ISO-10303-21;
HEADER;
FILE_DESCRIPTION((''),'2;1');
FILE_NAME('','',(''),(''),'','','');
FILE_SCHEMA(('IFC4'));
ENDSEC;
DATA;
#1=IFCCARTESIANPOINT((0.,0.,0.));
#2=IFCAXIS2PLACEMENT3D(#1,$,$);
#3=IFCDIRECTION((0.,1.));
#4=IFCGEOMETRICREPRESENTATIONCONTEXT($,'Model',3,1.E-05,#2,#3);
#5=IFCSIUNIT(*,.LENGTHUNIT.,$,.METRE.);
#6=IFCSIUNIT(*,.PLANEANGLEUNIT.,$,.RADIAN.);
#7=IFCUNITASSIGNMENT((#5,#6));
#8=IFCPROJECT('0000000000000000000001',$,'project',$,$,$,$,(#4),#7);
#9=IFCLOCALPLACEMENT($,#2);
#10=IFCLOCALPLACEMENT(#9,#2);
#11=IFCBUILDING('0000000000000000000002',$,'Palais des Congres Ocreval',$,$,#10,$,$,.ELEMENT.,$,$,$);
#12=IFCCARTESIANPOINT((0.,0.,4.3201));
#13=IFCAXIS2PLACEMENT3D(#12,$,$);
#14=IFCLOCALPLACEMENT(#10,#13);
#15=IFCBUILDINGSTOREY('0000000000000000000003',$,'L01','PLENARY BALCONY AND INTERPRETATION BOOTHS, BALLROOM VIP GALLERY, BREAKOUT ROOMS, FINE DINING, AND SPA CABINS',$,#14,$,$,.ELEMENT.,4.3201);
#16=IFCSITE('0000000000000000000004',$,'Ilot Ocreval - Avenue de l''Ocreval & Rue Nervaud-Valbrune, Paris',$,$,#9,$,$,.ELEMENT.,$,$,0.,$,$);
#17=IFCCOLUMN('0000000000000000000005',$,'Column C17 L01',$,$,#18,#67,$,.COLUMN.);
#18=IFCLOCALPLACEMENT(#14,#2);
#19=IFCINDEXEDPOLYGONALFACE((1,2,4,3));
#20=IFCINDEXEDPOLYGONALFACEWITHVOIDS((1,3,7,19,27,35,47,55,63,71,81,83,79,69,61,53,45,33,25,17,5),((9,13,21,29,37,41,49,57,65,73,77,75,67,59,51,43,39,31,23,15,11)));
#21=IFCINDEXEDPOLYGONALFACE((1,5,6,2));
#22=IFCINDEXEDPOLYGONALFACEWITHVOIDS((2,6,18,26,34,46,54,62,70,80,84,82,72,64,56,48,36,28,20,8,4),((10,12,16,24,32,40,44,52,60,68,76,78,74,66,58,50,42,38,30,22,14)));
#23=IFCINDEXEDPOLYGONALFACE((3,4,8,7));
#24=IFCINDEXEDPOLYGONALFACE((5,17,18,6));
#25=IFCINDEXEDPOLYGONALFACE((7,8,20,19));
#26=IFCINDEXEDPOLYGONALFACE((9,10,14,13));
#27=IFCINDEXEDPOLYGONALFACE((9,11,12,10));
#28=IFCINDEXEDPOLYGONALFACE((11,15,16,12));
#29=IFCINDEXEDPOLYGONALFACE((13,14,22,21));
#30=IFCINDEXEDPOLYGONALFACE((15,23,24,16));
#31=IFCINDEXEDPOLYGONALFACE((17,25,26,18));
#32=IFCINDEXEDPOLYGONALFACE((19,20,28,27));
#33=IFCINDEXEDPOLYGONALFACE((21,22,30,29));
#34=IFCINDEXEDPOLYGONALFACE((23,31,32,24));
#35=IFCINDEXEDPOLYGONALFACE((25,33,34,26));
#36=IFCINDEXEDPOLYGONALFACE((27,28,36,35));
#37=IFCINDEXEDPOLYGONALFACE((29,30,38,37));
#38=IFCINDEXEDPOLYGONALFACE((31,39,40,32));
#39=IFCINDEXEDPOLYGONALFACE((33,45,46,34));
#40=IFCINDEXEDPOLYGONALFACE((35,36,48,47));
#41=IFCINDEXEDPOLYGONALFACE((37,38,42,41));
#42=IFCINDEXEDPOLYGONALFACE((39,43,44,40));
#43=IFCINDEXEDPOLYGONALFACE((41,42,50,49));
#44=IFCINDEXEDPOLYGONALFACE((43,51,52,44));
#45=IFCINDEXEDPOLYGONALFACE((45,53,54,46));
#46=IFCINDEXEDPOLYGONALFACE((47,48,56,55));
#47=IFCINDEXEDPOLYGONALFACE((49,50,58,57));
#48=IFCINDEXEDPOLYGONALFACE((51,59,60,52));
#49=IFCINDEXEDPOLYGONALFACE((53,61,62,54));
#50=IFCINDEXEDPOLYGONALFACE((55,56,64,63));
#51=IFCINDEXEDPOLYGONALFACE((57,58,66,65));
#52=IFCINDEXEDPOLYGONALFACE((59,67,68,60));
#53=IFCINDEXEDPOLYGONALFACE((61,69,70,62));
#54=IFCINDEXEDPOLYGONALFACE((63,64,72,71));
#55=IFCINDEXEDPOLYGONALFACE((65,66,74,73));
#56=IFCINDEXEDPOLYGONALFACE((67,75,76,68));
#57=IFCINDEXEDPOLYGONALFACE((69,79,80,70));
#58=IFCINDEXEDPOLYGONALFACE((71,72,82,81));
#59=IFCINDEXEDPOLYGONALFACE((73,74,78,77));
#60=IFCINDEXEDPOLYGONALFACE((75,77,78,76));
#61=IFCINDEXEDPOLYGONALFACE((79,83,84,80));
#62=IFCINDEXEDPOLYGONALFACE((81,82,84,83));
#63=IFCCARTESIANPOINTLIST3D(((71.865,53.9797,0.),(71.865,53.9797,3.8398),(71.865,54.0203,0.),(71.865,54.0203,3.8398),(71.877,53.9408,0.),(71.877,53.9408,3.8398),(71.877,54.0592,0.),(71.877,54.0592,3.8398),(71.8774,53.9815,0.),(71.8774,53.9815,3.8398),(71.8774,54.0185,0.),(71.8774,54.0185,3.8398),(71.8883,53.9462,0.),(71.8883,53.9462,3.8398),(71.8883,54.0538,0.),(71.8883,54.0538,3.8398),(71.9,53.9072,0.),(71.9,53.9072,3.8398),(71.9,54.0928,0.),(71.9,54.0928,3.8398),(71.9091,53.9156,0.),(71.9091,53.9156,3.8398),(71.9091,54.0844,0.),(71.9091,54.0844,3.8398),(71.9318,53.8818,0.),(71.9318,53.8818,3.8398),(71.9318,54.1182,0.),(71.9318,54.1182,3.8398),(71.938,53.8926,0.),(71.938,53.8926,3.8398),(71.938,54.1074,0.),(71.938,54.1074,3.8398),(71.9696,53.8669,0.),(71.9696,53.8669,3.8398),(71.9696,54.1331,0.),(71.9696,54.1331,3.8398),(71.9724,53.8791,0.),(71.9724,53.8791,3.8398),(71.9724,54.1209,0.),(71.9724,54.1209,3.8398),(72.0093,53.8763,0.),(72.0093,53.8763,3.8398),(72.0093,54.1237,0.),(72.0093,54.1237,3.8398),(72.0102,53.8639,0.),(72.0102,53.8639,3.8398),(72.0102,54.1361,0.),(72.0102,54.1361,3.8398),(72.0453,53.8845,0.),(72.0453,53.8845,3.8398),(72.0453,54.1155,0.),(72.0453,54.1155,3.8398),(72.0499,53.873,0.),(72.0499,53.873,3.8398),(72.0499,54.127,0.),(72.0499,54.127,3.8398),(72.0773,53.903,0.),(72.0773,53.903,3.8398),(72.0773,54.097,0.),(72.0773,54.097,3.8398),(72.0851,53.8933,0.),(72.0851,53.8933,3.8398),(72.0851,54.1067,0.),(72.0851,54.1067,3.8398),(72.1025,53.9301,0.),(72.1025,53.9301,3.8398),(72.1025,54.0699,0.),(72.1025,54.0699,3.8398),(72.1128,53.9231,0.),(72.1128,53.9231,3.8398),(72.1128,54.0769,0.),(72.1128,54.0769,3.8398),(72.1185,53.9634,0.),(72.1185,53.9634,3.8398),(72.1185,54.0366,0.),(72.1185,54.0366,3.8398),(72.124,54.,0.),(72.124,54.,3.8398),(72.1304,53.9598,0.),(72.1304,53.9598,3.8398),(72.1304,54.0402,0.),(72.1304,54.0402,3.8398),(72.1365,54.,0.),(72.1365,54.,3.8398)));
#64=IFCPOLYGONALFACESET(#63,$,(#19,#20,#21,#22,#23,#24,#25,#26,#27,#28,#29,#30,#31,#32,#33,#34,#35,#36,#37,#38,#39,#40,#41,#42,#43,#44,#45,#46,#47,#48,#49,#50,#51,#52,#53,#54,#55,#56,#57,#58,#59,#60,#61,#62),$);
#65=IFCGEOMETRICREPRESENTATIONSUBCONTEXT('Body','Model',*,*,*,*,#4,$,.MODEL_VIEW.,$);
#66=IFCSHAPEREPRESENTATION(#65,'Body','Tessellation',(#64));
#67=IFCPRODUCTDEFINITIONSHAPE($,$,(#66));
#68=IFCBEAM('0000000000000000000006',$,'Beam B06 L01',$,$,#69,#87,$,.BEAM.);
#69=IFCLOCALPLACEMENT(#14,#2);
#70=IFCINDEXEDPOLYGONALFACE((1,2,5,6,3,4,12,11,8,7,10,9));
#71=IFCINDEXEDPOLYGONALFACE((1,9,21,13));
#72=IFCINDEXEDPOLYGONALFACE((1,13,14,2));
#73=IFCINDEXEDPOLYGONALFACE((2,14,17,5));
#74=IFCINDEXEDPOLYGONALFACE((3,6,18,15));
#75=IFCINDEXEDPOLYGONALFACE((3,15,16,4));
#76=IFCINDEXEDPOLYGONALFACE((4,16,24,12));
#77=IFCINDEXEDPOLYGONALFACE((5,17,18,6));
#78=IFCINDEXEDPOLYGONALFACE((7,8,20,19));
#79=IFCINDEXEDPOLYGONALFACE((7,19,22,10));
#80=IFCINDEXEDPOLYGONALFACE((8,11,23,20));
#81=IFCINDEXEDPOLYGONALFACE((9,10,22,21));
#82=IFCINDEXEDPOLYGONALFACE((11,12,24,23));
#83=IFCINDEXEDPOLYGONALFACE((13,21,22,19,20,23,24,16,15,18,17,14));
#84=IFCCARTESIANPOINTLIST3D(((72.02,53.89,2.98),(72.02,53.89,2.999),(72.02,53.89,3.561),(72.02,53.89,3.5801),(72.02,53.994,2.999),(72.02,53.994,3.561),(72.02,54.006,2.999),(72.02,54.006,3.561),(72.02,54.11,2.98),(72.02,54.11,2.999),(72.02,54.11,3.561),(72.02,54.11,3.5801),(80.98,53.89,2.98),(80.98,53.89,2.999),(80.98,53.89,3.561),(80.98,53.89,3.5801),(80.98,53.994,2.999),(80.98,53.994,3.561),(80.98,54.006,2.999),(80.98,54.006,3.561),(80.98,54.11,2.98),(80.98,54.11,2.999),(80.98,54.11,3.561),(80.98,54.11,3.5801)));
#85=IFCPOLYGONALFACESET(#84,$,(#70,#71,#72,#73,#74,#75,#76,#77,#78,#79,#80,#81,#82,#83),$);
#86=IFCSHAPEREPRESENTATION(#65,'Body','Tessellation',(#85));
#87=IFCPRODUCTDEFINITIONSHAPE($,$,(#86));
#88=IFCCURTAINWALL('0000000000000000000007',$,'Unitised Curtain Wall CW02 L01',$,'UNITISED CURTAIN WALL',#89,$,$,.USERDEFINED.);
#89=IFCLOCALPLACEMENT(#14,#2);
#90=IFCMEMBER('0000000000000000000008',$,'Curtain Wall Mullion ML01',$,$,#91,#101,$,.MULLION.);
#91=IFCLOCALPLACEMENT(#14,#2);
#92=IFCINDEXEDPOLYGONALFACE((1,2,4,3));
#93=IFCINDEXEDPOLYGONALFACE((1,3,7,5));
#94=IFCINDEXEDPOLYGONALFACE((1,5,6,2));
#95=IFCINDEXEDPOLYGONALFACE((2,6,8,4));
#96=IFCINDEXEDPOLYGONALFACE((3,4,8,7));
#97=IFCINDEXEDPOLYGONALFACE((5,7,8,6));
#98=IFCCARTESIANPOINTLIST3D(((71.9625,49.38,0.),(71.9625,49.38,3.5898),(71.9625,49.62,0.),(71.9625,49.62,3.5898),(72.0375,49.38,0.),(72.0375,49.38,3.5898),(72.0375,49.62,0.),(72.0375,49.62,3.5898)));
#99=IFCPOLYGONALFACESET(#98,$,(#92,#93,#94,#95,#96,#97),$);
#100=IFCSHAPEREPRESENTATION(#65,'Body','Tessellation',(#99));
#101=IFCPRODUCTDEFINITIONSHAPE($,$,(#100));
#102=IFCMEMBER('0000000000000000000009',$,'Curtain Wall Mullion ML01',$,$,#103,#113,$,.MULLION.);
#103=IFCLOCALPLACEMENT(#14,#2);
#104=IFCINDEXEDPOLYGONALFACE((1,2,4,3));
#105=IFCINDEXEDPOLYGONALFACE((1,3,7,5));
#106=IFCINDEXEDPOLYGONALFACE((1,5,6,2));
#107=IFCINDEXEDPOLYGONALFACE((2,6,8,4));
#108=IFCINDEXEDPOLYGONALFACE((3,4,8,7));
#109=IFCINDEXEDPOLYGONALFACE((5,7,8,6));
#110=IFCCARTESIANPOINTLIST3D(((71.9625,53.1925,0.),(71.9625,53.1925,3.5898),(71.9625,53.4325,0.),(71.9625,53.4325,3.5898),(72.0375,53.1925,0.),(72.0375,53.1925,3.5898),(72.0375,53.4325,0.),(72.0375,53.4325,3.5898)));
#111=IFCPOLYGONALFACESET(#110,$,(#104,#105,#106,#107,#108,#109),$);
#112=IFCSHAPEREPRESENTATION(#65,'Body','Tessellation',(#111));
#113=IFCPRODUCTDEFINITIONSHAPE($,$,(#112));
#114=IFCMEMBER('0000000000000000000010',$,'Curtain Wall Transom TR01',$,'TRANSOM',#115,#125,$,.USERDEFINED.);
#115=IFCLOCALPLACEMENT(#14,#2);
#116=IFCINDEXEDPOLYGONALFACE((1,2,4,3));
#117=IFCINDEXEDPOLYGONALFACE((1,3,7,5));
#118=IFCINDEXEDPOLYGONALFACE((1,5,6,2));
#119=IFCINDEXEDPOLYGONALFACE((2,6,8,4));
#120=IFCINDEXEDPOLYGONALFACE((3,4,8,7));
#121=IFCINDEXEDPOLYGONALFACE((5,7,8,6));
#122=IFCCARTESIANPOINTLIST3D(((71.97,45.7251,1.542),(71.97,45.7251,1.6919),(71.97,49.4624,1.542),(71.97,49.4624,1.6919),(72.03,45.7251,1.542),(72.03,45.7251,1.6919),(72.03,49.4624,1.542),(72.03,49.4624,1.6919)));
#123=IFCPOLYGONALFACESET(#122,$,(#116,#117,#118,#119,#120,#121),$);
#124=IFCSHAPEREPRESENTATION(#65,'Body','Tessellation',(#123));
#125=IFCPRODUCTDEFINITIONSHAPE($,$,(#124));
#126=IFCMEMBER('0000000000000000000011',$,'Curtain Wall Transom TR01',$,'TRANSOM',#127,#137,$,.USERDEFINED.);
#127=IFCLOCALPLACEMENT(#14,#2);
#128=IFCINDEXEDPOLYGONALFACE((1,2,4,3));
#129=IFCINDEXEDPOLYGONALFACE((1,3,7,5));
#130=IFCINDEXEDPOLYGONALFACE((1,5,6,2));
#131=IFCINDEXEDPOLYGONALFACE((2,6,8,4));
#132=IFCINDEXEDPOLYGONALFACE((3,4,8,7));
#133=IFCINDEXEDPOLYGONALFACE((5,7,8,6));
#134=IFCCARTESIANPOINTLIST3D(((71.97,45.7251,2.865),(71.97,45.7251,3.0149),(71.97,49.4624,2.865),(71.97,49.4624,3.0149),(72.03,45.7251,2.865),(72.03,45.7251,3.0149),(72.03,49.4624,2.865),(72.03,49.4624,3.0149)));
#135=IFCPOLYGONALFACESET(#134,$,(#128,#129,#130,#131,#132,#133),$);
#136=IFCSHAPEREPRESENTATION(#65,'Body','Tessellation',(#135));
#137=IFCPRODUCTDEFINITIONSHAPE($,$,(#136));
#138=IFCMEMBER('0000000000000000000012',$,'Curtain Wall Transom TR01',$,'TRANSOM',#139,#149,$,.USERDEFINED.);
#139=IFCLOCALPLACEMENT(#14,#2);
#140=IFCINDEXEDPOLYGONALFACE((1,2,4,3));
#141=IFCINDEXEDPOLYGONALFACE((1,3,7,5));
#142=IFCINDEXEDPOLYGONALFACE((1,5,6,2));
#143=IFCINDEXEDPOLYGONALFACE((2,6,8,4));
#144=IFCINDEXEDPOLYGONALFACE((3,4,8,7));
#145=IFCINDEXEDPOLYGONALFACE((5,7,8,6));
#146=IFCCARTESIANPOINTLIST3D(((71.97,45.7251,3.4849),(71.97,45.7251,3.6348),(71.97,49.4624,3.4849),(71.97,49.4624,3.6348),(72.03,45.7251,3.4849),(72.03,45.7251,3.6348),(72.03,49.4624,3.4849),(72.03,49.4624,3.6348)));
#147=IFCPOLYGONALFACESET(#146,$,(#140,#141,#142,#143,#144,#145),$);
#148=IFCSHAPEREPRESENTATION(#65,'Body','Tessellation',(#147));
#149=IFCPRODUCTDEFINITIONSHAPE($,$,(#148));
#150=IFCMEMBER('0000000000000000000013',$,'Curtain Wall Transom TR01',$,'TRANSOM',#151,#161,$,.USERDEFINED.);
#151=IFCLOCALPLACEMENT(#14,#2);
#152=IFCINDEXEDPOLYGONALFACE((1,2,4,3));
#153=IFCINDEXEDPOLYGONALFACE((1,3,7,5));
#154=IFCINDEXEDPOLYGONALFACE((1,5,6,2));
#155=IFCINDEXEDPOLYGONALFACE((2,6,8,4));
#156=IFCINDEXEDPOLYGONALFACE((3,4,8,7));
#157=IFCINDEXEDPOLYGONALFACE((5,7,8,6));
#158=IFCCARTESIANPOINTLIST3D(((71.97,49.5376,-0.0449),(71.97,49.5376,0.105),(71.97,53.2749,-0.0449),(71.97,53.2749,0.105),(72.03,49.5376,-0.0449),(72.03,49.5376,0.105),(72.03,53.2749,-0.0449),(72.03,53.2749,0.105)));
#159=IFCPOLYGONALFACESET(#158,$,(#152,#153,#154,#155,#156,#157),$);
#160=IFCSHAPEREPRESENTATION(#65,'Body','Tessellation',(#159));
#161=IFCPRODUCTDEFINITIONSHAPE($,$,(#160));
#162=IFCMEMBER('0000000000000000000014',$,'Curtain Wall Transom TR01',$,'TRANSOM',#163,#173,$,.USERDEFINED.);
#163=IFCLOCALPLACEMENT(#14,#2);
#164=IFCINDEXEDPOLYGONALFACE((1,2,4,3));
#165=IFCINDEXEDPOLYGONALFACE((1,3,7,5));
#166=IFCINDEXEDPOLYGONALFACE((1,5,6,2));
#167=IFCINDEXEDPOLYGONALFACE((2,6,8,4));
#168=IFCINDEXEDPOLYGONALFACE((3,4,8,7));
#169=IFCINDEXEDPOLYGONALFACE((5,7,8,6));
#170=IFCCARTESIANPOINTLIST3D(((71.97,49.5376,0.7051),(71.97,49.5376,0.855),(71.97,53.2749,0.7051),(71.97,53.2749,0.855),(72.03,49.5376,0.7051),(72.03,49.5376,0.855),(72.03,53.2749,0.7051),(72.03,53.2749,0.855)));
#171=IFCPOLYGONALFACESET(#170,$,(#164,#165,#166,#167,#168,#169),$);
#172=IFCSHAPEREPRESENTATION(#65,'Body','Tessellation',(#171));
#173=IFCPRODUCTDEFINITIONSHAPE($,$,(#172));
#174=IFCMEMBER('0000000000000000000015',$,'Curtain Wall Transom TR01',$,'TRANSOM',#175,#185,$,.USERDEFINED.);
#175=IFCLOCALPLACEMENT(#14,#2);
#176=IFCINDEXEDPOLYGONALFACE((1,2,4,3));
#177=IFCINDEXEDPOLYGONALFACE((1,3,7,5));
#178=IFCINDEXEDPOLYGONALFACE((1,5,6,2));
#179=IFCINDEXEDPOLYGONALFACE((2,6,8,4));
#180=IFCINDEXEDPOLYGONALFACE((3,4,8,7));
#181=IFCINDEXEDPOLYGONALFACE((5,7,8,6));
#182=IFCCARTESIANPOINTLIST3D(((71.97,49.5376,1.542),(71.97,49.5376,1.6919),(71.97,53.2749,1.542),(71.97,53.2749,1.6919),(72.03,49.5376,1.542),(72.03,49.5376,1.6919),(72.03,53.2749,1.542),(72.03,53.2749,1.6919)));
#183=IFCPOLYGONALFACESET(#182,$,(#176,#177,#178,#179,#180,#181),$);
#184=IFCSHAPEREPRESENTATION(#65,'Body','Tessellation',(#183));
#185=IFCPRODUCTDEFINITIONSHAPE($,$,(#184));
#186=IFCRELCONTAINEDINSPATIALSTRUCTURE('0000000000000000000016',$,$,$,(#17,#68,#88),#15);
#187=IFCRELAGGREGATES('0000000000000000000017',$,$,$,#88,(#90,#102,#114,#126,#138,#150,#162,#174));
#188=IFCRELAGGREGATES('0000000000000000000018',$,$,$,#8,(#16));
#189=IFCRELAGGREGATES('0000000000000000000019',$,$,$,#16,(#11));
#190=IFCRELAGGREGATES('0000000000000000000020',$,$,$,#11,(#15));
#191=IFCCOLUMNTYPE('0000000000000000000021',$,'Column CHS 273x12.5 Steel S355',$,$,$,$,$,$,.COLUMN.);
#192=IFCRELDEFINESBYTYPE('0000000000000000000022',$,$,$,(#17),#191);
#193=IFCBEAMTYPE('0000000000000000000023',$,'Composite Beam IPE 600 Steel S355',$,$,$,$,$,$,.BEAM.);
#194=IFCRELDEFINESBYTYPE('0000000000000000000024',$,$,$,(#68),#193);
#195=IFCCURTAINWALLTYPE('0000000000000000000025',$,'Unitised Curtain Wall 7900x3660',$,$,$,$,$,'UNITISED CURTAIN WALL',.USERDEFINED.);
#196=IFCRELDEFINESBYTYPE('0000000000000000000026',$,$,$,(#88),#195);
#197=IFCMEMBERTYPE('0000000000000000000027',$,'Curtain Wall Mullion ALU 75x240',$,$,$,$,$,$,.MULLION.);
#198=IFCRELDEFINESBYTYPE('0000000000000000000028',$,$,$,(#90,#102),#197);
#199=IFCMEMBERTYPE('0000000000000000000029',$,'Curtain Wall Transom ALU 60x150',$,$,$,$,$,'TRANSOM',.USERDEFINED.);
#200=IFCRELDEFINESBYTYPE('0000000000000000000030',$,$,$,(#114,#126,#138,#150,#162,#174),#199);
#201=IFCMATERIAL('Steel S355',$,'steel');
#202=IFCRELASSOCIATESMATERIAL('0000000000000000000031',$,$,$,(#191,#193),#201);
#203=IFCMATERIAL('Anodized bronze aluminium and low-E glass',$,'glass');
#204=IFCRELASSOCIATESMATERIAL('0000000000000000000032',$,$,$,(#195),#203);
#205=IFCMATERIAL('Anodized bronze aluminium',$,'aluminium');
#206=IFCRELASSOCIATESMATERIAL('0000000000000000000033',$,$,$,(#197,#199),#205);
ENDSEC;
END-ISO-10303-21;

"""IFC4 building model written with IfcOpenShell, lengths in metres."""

from ifc_helpers import new_model, si_unit, direction, frame, origin, origin_2d, place, context, subcontext, project, spatial, rectangle, hollow_circle, i_section, extrude, material, material_profile, profile_set, type_object, element, aggregate, save


model = new_model("IFC4")

# Units and contexts
model_context = context("Model", 3, precision=1e-05, world=origin(), true_north=direction((0.0, 1.0)))
body_context = subcontext(model_context, "Body", "Model", "MODEL_VIEW")
ifc_project = project(units=[si_unit("LENGTHUNIT", "METRE"), si_unit("PLANEANGLEUNIT", "RADIAN")], contexts=[model_context])

# Site, building, storey
site_placement = place(None, origin())
site = spatial("IfcSite", under=ifc_project, at=site_placement, Name="Ilot Ocreval - Avenue de l'Ocreval & Rue Nervaud-Valbrune, Paris", CompositionType="ELEMENT", RefElevation=0.0)
building_placement = place(site_placement, origin())
building = spatial("IfcBuilding", under=site, at=building_placement, Name="Palais des Congres Ocreval", CompositionType="ELEMENT")
storey_placement = place(building_placement, frame((0.0, 0.0, 4.3201)))
storey = spatial("IfcBuildingStorey", under=building, at=storey_placement, Name="L01", Description="PLENARY BALCONY AND INTERPRETATION BOOTHS, BALLROOM VIP GALLERY, BREAKOUT ROOMS, FINE DINING, AND SPA CABINS", CompositionType="ELEMENT", Elevation=4.3201)

# Column
ifc_material_1 = material(Name="Steel S355", Category="steel")
ifc_material_profile_1 = material_profile(ifc_material_1, hollow_circle(Radius=0.1365, WallThickness=0.0125, at=origin_2d()), Name="CHS 273x12.5")
ifc_profile_set_1 = profile_set([ifc_material_profile_1], Name="Steel S355")
column_type = type_object("IfcColumnType", Name="Column CHS 273x12.5 Steel S355", PredefinedType="COLUMN", material=ifc_profile_set_1)
column_placement = place(storey_placement, frame((72.0, 54.0, 0.0), z_axis=(0.0, 0.0, 1.0), x_axis=(1.0, 0.0, 0.0)))
element("IfcColumn", 1, at=column_placement, inside=storey, type_object=column_type, Name="Column C17 L01", PredefinedType="COLUMN", context=body_context, shape_type="SweptSolid", body=[
    extrude(hollow_circle(Radius=0.1365, WallThickness=0.0125, at=origin_2d()), origin(), (0.0, 0.0, 1.0), 3.8398),
])

# Beam
ifc_material_profile_2 = material_profile(ifc_material_1, i_section(OverallWidth=0.22, OverallDepth=0.6001, WebThickness=0.012, FlangeThickness=0.019, at=origin_2d()), Name="IPE 600")
ifc_profile_set_2 = profile_set([ifc_material_profile_2], Name="Steel S355")
beam_type_1 = type_object("IfcBeamType", Name="Composite Beam IPE 600 Steel S355", PredefinedType="BEAM", material=ifc_profile_set_2)
beam_1_placement = place(storey_placement, frame((72.02, 54.0, 3.28), z_axis=(1.0, 0.0, 0.0), x_axis=(0.0, 1.0, 0.0)))
element("IfcBeam", 2, at=beam_1_placement, inside=storey, type_object=beam_type_1, Name="Beam B06 L01", PredefinedType="BEAM", context=body_context, shape_type="SweptSolid", body=[
    extrude(i_section(OverallWidth=0.22, OverallDepth=0.6001, WebThickness=0.012, FlangeThickness=0.019, at=origin_2d()), origin(), (0.0, 0.0, 1.0), 8.96),
])

# Curtain wall, members
ifc_material_2 = material(Name="Anodized bronze aluminium and low-E glass", Category="glass")
curtain_wall_type = type_object("IfcCurtainWallType", Name="Unitised Curtain Wall 7900x3660", ElementType="UNITISED CURTAIN WALL", PredefinedType="USERDEFINED", material=ifc_material_2)
curtain_wall_placement = place(storey_placement, origin())
curtain_wall = element("IfcCurtainWall", 3, at=curtain_wall_placement, inside=storey, type_object=curtain_wall_type, Name="Unitised Curtain Wall CW02 L01", ObjectType="UNITISED CURTAIN WALL", PredefinedType="USERDEFINED")
ifc_material_3 = material(Name="Anodized bronze aluminium", Category="aluminium")
ifc_material_profile_3 = material_profile(ifc_material_3, rectangle(XDim=0.075, YDim=0.24, at=origin_2d()), Name="ALU 75x240")
ifc_profile_set_3 = profile_set([ifc_material_profile_3], Name="Anodized bronze aluminium")
member_type_1 = type_object("IfcMemberType", Name="Curtain Wall Mullion ALU 75x240", PredefinedType="MULLION", material=ifc_profile_set_3)
member_1_placement = place(storey_placement, frame((72.0, 49.5, 0.0), z_axis=(0.0, 0.0, 1.0), x_axis=(-1.0, 0.0, 0.0)))
member_1 = element("IfcMember", 4, at=member_1_placement, type_object=member_type_1, Name="Curtain Wall Mullion ML01", PredefinedType="MULLION", context=body_context, shape_type="SweptSolid", body=[
    extrude(rectangle(XDim=0.075, YDim=0.24, at=origin_2d()), origin(), (0.0, 0.0, 1.0), 3.5898),
])
member_2_placement = place(storey_placement, frame((72.0, 53.3125, 0.0), z_axis=(0.0, 0.0, 1.0), x_axis=(-1.0, 0.0, 0.0)))
member_2 = element("IfcMember", 5, at=member_2_placement, type_object=member_type_1, Name="Curtain Wall Mullion ML01", PredefinedType="MULLION", context=body_context, shape_type="SweptSolid", body=[
    extrude(rectangle(XDim=0.075, YDim=0.24, at=origin_2d()), origin(), (0.0, 0.0, 1.0), 3.5898),
])
ifc_material_profile_4 = material_profile(ifc_material_3, rectangle(XDim=0.0601, YDim=0.1499, at=origin_2d()), Name="ALU 60x150")
ifc_profile_set_4 = profile_set([ifc_material_profile_4], Name="Anodized bronze aluminium")
member_type_2 = type_object("IfcMemberType", Name="Curtain Wall Transom ALU 60x150", ElementType="TRANSOM", PredefinedType="USERDEFINED", material=ifc_profile_set_4)
member_3_placement = place(storey_placement, frame((72.0, 45.7251, 1.6169), z_axis=(0.0, 1.0, 0.0), x_axis=(-1.0, 0.0, 0.0)))
member_3 = element("IfcMember", 6, at=member_3_placement, type_object=member_type_2, Name="Curtain Wall Transom TR01", ObjectType="TRANSOM", PredefinedType="USERDEFINED", context=body_context, shape_type="SweptSolid", body=[
    extrude(rectangle(XDim=0.0601, YDim=0.1499, at=origin_2d()), origin(), (0.0, 0.0, 1.0), 3.7373),
])
member_4_placement = place(storey_placement, frame((72.0, 45.7251, 2.9399), z_axis=(0.0, 1.0, 0.0), x_axis=(-1.0, 0.0, 0.0)))
member_4 = element("IfcMember", 7, at=member_4_placement, type_object=member_type_2, Name="Curtain Wall Transom TR01", ObjectType="TRANSOM", PredefinedType="USERDEFINED", context=body_context, shape_type="SweptSolid", body=[
    extrude(rectangle(XDim=0.0601, YDim=0.1499, at=origin_2d()), origin(), (0.0, 0.0, 1.0), 3.7373),
])
member_5_placement = place(storey_placement, frame((72.0, 45.7251, 3.5598), z_axis=(0.0, 1.0, 0.0), x_axis=(-1.0, 0.0, 0.0)))
member_5 = element("IfcMember", 8, at=member_5_placement, type_object=member_type_2, Name="Curtain Wall Transom TR01", ObjectType="TRANSOM", PredefinedType="USERDEFINED", context=body_context, shape_type="SweptSolid", body=[
    extrude(rectangle(XDim=0.0601, YDim=0.1499, at=origin_2d()), origin(), (0.0, 0.0, 1.0), 3.7373),
])
member_6_placement = place(storey_placement, frame((72.0, 49.5376, 0.03), z_axis=(0.0, 1.0, 0.0), x_axis=(-1.0, 0.0, 0.0)))
member_6 = element("IfcMember", 9, at=member_6_placement, type_object=member_type_2, Name="Curtain Wall Transom TR01", ObjectType="TRANSOM", PredefinedType="USERDEFINED", context=body_context, shape_type="SweptSolid", body=[
    extrude(rectangle(XDim=0.0601, YDim=0.1499, at=origin_2d()), origin(), (0.0, 0.0, 1.0), 3.7373),
])
member_7_placement = place(storey_placement, frame((72.0, 49.5376, 0.78), z_axis=(0.0, 1.0, 0.0), x_axis=(-1.0, 0.0, 0.0)))
member_7 = element("IfcMember", 10, at=member_7_placement, type_object=member_type_2, Name="Curtain Wall Transom TR01", ObjectType="TRANSOM", PredefinedType="USERDEFINED", context=body_context, shape_type="SweptSolid", body=[
    extrude(rectangle(XDim=0.0601, YDim=0.1499, at=origin_2d()), origin(), (0.0, 0.0, 1.0), 3.7373),
])
member_8_placement = place(storey_placement, frame((72.0, 49.5376, 1.6169), z_axis=(0.0, 1.0, 0.0), x_axis=(-1.0, 0.0, 0.0)))
member_8 = element("IfcMember", 11, at=member_8_placement, type_object=member_type_2, Name="Curtain Wall Transom TR01", ObjectType="TRANSOM", PredefinedType="USERDEFINED", context=body_context, shape_type="SweptSolid", body=[
    extrude(rectangle(XDim=0.0601, YDim=0.1499, at=origin_2d()), origin(), (0.0, 0.0, 1.0), 3.7373),
])

aggregate(curtain_wall, [member_1, member_2, member_3, member_4, member_5, member_6, member_7, member_8])

save(model, "model.ifc")
